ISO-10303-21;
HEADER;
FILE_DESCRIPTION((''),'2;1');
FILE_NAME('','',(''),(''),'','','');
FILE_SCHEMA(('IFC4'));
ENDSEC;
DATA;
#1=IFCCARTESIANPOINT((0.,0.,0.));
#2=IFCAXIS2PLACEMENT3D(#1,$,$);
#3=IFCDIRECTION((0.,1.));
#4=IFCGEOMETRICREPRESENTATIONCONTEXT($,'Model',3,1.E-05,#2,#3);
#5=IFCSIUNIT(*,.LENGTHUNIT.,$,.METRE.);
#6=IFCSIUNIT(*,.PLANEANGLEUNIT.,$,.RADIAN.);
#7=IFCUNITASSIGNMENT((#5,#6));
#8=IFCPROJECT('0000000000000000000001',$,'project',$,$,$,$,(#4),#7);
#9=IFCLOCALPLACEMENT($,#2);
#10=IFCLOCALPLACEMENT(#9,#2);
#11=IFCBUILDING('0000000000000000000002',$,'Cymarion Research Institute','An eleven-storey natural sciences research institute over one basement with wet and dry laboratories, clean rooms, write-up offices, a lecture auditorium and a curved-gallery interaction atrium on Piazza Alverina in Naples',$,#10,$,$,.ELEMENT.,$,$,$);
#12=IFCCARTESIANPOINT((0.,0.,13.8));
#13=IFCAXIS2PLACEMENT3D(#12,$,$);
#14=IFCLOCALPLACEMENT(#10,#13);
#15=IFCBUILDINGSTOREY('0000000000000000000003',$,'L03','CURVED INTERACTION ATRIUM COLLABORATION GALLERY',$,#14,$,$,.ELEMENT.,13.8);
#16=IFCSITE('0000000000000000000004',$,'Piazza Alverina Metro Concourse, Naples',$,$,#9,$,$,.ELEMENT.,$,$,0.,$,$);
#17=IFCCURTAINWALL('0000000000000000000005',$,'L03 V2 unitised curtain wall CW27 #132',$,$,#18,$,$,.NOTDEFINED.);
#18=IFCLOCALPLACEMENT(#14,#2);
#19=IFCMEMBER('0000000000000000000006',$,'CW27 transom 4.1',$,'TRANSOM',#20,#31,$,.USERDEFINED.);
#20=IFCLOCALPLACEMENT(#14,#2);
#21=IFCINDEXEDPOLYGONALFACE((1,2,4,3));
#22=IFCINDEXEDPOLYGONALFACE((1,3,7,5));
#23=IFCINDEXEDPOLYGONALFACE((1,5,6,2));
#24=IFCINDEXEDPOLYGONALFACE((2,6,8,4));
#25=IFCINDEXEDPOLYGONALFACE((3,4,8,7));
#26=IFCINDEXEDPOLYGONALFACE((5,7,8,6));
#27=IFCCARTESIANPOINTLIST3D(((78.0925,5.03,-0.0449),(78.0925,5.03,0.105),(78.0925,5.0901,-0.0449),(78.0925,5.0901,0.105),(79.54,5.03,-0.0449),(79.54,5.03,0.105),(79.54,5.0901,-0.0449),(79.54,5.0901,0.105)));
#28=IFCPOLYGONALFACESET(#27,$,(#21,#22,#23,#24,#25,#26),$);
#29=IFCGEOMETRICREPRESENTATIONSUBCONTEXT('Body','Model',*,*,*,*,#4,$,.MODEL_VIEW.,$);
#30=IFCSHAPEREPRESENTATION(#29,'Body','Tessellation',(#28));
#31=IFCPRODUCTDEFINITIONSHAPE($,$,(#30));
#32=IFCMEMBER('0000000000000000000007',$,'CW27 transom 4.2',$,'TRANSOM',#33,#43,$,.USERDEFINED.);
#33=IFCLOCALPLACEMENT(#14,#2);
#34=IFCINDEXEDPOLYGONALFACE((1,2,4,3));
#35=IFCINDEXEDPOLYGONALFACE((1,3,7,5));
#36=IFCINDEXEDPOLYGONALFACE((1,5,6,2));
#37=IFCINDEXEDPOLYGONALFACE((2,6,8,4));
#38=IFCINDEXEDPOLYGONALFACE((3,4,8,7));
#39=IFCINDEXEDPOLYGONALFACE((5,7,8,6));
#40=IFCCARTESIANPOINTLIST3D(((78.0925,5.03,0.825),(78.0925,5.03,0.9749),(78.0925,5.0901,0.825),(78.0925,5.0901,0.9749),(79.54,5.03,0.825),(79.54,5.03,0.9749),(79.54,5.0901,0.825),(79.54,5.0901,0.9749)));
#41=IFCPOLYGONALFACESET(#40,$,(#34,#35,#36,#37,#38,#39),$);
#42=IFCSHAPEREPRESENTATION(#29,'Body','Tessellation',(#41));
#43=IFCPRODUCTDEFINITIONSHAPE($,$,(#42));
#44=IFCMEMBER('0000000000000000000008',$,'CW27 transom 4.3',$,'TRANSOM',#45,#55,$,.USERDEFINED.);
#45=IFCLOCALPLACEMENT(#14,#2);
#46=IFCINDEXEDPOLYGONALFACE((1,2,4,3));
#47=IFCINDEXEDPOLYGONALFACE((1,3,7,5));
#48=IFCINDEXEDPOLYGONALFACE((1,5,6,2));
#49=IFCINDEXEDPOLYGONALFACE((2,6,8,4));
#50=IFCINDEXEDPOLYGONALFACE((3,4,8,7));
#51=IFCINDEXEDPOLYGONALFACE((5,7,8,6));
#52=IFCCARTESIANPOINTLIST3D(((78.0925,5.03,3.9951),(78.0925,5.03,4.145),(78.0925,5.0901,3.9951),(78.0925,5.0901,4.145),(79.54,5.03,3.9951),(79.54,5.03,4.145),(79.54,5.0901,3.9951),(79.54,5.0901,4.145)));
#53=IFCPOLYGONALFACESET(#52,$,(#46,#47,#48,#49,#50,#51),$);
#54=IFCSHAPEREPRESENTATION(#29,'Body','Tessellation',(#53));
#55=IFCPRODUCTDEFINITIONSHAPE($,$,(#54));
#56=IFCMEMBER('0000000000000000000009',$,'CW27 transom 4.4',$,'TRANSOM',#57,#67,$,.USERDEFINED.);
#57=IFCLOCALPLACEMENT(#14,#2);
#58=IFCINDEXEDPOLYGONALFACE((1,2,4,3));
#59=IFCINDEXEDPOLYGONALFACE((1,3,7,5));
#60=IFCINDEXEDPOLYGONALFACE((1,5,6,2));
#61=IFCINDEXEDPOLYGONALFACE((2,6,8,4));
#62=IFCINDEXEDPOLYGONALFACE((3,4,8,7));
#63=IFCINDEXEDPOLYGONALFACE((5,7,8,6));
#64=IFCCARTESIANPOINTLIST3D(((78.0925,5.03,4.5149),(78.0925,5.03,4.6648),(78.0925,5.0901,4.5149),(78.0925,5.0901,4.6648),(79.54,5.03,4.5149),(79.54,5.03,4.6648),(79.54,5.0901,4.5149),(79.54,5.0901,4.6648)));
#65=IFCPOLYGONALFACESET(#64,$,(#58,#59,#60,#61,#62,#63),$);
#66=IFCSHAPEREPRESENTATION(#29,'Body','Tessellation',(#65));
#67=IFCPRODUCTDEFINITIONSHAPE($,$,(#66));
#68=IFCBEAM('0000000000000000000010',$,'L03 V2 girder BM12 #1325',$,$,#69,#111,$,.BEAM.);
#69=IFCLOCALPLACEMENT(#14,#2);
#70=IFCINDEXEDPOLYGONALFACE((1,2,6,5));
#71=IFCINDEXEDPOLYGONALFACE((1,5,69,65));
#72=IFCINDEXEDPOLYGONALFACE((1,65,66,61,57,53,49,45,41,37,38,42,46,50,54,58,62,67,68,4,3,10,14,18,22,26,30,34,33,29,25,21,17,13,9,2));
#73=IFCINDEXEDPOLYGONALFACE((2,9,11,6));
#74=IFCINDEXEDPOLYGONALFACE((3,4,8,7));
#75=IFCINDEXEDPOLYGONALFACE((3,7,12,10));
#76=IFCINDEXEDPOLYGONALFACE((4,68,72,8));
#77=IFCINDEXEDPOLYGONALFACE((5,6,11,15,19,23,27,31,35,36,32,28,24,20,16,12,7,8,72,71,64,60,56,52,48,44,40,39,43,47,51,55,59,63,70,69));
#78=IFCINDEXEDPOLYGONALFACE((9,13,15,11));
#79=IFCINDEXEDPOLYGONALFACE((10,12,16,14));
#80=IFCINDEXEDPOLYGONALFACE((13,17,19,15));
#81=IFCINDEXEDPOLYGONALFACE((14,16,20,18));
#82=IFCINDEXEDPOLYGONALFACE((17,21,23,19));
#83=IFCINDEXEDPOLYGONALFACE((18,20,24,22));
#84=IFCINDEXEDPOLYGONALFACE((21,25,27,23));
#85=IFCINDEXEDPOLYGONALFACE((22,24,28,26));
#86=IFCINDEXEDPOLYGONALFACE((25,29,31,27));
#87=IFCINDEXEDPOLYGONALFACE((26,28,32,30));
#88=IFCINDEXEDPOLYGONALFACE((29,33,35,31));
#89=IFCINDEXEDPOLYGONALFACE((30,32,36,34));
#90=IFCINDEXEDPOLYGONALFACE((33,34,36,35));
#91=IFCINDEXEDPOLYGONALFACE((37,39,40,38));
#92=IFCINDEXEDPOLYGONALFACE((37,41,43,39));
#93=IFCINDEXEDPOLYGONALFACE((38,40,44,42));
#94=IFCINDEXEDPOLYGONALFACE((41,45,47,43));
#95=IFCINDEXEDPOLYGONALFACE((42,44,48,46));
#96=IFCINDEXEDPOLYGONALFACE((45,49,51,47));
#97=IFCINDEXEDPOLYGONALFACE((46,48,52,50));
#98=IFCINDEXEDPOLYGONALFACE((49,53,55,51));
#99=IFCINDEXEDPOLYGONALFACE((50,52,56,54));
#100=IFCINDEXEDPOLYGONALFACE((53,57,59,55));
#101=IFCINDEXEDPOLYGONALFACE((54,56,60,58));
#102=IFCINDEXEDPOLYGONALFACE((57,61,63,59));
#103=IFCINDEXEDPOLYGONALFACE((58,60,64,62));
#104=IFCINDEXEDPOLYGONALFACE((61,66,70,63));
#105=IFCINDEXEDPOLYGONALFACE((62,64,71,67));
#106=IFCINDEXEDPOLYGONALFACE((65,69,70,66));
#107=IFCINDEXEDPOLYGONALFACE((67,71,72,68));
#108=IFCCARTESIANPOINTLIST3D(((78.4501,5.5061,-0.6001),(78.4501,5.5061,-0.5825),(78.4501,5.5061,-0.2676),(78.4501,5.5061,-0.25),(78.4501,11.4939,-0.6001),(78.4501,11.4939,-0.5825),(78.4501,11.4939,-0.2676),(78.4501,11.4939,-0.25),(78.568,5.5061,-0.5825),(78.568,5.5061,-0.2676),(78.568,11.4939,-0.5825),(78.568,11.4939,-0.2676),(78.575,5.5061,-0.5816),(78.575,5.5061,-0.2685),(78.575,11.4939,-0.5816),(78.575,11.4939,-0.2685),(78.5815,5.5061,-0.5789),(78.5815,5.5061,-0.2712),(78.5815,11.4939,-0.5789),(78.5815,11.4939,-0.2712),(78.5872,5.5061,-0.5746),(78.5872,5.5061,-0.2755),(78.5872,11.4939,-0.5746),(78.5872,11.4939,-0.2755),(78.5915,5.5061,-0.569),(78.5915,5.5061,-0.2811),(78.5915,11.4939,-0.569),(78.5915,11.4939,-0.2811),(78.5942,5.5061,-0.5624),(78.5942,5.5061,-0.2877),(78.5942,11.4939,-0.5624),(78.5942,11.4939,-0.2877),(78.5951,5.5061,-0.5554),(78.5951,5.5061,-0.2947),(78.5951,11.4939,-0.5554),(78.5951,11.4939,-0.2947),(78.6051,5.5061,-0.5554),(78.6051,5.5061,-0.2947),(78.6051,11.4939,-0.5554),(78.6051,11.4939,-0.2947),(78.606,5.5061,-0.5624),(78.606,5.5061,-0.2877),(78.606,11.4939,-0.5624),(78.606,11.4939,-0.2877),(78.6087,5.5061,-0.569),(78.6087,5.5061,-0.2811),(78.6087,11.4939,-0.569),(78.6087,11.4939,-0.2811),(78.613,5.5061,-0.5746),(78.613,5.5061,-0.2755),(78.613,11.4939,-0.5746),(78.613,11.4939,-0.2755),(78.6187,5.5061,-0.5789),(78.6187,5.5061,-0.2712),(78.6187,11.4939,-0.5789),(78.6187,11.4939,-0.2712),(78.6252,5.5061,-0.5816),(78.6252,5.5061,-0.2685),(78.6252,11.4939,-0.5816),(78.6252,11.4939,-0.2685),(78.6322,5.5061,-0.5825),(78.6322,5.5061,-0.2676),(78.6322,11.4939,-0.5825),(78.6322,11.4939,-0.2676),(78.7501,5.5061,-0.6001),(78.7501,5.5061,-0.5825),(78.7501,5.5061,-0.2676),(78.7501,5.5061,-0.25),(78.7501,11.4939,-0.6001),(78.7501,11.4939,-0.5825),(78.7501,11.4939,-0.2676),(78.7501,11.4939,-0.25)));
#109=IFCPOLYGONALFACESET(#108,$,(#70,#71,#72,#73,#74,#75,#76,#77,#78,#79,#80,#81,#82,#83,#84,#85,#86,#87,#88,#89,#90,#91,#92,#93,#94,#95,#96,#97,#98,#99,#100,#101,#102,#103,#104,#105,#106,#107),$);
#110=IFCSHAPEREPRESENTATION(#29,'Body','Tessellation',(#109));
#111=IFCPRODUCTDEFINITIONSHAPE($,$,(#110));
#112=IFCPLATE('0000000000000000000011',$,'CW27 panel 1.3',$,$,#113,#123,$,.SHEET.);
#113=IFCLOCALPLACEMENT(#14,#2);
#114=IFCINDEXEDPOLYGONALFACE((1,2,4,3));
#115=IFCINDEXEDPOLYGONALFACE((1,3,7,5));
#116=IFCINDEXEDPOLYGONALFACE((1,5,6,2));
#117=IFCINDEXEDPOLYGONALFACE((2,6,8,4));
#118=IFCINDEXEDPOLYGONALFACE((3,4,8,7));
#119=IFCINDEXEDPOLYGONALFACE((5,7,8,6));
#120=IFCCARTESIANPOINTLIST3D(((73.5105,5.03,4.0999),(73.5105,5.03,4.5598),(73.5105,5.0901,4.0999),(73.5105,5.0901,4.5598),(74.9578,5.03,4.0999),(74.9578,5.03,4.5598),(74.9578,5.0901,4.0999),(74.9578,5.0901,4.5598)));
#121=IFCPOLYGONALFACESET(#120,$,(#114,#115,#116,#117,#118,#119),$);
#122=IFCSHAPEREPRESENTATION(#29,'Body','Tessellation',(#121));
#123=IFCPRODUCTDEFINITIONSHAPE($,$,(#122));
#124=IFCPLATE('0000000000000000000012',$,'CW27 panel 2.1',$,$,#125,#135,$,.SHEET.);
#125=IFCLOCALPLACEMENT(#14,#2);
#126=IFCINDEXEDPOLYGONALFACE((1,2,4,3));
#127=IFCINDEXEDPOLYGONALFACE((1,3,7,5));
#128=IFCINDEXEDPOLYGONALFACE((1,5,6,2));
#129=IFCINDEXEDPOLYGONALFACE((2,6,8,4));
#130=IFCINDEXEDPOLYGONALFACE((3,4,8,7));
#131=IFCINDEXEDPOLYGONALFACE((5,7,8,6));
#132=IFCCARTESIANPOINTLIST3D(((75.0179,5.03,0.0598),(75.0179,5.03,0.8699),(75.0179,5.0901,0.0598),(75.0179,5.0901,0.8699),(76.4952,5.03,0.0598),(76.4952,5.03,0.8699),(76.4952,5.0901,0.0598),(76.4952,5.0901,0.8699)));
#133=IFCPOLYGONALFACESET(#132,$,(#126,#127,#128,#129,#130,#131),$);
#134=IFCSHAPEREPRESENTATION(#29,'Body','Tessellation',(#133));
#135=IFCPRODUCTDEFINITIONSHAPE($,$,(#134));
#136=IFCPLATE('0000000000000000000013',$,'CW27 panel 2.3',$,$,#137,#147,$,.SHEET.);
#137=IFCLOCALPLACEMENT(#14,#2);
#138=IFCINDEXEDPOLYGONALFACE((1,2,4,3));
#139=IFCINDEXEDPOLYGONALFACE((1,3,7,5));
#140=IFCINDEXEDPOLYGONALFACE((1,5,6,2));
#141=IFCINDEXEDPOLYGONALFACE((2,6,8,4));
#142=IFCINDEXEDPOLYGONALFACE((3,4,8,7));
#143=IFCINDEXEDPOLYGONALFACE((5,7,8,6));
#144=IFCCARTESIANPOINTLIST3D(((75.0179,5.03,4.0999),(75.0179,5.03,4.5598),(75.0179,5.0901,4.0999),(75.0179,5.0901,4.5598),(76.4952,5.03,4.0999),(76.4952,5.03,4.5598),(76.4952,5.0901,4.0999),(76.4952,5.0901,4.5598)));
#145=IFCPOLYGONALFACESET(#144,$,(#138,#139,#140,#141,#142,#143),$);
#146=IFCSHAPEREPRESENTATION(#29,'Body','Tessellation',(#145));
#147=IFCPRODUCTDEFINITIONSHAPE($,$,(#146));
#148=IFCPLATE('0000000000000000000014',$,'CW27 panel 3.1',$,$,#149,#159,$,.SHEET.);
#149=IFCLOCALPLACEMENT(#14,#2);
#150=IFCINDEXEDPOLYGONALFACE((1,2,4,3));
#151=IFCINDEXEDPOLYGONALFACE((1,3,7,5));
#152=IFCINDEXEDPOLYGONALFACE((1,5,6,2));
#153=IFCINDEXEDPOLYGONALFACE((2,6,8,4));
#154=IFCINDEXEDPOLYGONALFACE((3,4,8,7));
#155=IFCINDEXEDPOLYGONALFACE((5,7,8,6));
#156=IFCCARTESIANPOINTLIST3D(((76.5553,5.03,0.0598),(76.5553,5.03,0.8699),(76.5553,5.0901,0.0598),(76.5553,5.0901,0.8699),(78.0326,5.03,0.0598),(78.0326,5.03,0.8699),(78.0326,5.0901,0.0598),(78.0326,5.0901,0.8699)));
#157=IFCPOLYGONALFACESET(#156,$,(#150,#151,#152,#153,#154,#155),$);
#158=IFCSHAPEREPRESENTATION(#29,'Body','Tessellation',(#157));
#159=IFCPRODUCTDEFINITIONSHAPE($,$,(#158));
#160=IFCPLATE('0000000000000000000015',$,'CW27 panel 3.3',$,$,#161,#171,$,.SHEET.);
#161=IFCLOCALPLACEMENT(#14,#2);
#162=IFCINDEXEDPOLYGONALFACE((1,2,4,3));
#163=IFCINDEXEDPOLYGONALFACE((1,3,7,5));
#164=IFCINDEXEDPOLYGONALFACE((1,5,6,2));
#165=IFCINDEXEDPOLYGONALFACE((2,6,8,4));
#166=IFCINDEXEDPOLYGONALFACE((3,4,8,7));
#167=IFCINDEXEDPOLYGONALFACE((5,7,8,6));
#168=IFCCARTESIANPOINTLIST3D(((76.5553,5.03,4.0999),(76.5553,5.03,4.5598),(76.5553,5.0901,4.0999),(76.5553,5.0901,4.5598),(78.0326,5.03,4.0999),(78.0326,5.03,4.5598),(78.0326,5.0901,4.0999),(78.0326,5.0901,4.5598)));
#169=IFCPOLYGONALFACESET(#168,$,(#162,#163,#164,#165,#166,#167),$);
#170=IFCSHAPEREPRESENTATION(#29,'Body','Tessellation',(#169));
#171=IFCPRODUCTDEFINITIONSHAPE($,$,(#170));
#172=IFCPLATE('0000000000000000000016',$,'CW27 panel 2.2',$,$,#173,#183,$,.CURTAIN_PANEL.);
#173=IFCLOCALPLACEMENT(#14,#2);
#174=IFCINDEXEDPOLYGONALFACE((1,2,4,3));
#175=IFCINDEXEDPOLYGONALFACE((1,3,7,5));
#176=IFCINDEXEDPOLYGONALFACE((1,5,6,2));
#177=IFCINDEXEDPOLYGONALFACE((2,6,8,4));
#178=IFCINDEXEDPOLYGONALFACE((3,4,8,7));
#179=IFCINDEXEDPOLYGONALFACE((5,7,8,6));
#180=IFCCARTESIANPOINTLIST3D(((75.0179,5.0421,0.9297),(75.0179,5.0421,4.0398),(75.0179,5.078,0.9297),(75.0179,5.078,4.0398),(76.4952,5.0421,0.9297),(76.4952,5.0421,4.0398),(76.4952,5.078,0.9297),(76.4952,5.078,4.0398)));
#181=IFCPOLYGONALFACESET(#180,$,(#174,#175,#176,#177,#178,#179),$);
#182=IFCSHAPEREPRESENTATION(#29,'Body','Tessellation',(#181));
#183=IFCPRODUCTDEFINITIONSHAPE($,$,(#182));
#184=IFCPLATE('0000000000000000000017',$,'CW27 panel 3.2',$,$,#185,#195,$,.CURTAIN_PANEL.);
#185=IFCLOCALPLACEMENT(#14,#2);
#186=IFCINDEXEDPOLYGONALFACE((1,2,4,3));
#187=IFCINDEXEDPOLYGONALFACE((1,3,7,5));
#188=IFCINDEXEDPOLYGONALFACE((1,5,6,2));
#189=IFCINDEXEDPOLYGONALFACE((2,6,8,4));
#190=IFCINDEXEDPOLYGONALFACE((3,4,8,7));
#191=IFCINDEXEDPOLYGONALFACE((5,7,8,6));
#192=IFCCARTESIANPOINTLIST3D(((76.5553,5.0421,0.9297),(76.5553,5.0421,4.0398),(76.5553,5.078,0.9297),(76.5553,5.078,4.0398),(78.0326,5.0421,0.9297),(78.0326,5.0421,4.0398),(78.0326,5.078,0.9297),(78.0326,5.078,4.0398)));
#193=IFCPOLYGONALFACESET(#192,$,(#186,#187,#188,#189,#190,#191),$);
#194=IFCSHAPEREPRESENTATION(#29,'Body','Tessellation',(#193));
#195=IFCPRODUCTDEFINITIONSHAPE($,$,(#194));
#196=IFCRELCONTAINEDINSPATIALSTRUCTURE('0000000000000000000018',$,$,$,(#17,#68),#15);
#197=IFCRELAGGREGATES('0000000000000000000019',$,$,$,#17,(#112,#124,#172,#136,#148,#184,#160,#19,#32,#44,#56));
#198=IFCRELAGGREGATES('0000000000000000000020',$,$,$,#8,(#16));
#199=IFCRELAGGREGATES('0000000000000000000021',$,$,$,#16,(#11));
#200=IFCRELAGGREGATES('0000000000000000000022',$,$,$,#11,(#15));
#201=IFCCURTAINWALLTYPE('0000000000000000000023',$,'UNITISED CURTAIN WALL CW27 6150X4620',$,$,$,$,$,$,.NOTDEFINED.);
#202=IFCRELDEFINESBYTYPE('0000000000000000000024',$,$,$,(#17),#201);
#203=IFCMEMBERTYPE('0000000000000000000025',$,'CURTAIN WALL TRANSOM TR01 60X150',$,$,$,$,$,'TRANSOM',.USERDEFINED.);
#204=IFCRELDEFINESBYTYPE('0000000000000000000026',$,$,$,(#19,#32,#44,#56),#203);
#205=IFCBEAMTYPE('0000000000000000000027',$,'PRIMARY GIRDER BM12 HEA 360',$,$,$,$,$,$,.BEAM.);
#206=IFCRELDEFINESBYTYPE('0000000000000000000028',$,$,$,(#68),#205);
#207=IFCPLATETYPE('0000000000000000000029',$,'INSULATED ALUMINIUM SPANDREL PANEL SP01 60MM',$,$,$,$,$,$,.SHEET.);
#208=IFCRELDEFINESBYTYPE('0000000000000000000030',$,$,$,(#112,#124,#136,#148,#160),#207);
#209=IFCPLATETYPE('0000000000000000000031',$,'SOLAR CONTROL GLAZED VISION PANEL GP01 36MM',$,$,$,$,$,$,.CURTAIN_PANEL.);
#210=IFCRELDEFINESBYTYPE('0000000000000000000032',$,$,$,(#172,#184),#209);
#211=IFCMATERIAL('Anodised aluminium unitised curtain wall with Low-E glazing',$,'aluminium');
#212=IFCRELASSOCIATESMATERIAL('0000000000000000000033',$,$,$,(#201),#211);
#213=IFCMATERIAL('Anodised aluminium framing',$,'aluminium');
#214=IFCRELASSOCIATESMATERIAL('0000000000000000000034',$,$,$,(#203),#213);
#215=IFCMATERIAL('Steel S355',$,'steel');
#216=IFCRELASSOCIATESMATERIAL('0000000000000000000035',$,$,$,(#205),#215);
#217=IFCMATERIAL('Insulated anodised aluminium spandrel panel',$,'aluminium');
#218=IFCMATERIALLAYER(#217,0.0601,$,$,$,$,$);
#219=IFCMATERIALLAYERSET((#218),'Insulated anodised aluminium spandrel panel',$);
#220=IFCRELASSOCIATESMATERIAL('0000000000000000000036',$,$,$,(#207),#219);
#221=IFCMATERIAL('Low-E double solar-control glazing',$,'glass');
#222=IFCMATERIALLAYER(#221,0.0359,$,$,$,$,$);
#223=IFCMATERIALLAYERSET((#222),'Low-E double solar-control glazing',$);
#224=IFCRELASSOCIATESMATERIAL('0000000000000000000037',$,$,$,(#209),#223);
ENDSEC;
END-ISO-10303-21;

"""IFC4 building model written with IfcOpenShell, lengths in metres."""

from ifc_helpers import new_model, si_unit, direction, frame, origin, origin_2d, place, context, subcontext, project, spatial, rectangle, i_section, extrude, material, layer, layer_set, material_profile, profile_set, type_object, element, aggregate, save


model = new_model("IFC4")

# Units and contexts
model_context = context("Model", 3, precision=1e-05, world=origin(), true_north=direction((0.0, 1.0)))
body_context = subcontext(model_context, "Body", "Model", "MODEL_VIEW")
ifc_project = project(units=[si_unit("LENGTHUNIT", "METRE"), si_unit("PLANEANGLEUNIT", "RADIAN")], contexts=[model_context])

# Site, building, storey
site_placement = place(None, origin())
site = spatial("IfcSite", under=ifc_project, at=site_placement, Name="Piazza Alverina Metro Concourse, Naples", CompositionType="ELEMENT", RefElevation=0.0)
building_placement = place(site_placement, origin())
building = spatial("IfcBuilding", under=site, at=building_placement, Name="Cymarion Research Institute", Description="An eleven-storey natural sciences research institute over one basement with wet and dry laboratories, clean rooms, write-up offices, a lecture auditorium and a curved-gallery interaction atrium on Piazza Alverina in Naples", CompositionType="ELEMENT")
storey_placement = place(building_placement, frame((0.0, 0.0, 13.8)))
storey = spatial("IfcBuildingStorey", under=building, at=storey_placement, Name="L03", Description="CURVED INTERACTION ATRIUM COLLABORATION GALLERY", CompositionType="ELEMENT", Elevation=13.8)

# Shared definitions
ifc_material_1 = material(Name="Steel S355", Category="steel")

# Curtain wall, members
ifc_material_2 = material(Name="Anodised aluminium unitised curtain wall with Low-E glazing", Category="aluminium")
curtain_wall_type = type_object("IfcCurtainWallType", Name="UNITISED CURTAIN WALL CW27 6150X4620", PredefinedType="NOTDEFINED", material=ifc_material_2)
curtain_wall_placement = place(storey_placement, origin())
curtain_wall = element("IfcCurtainWall", 1, at=curtain_wall_placement, inside=storey, type_object=curtain_wall_type, Name="L03 V2 unitised curtain wall CW27 #132", PredefinedType="NOTDEFINED")
ifc_material_3 = material(Name="Anodised aluminium framing", Category="aluminium")
ifc_material_profile_1 = material_profile(ifc_material_3, rectangle(XDim=0.0601, YDim=0.1499, at=origin_2d()), Name="ALU TRANSOM 60x150")
ifc_profile_set_1 = profile_set([ifc_material_profile_1], Name="Anodised aluminium framing")
member_type_1 = type_object("IfcMemberType", Name="CURTAIN WALL TRANSOM TR01 60X150", ElementType="TRANSOM", PredefinedType="USERDEFINED", material=ifc_profile_set_1)
member_1_placement = place(storey_placement, frame((78.0925, 5.0601, 0.03), z_axis=(1.0, 0.0, 0.0), x_axis=(0.0, 1.0, 0.0)))
member_1 = element("IfcMember", 2, at=member_1_placement, type_object=member_type_1, Name="CW27 transom 4.1", ObjectType="TRANSOM", PredefinedType="USERDEFINED", context=body_context, shape_type="SweptSolid", body=[
    extrude(rectangle(XDim=0.0601, YDim=0.1499, at=origin_2d()), origin(), (0.0, 0.0, 1.0), 1.4475),
])
member_2_placement = place(storey_placement, frame((78.0925, 5.0601, 0.8999), z_axis=(1.0, 0.0, 0.0), x_axis=(0.0, 1.0, 0.0)))
member_2 = element("IfcMember", 3, at=member_2_placement, type_object=member_type_1, Name="CW27 transom 4.2", ObjectType="TRANSOM", PredefinedType="USERDEFINED", context=body_context, shape_type="SweptSolid", body=[
    extrude(rectangle(XDim=0.0601, YDim=0.1499, at=origin_2d()), origin(), (0.0, 0.0, 1.0), 1.4475),
])
member_3_placement = place(storey_placement, frame((78.0925, 5.0601, 4.0701), z_axis=(1.0, 0.0, 0.0), x_axis=(0.0, 1.0, 0.0)))
member_3 = element("IfcMember", 4, at=member_3_placement, type_object=member_type_1, Name="CW27 transom 4.3", ObjectType="TRANSOM", PredefinedType="USERDEFINED", context=body_context, shape_type="SweptSolid", body=[
    extrude(rectangle(XDim=0.0601, YDim=0.1499, at=origin_2d()), origin(), (0.0, 0.0, 1.0), 1.4475),
])
member_4_placement = place(storey_placement, frame((78.0925, 5.0601, 4.5898), z_axis=(1.0, 0.0, 0.0), x_axis=(0.0, 1.0, 0.0)))
member_4 = element("IfcMember", 5, at=member_4_placement, type_object=member_type_1, Name="CW27 transom 4.4", ObjectType="TRANSOM", PredefinedType="USERDEFINED", context=body_context, shape_type="SweptSolid", body=[
    extrude(rectangle(XDim=0.0601, YDim=0.1499, at=origin_2d()), origin(), (0.0, 0.0, 1.0), 1.4475),
])

# Beam
ifc_material_profile_2 = material_profile(ifc_material_1, i_section(OverallWidth=0.3, OverallDepth=0.3501, WebThickness=0.01, FlangeThickness=0.0176, FilletRadius=0.0271, at=origin_2d()), Name="HEA 360")
ifc_profile_set_2 = profile_set([ifc_material_profile_2], Name="Steel S355")
beam_type = type_object("IfcBeamType", Name="PRIMARY GIRDER BM12 HEA 360", PredefinedType="BEAM", material=ifc_profile_set_2)
beam_placement = place(storey_placement, frame((78.6001, 5.5061, -0.425), z_axis=(0.0, 1.0, 0.0), x_axis=(-1.0, 0.0, 0.0)))
element("IfcBeam", 6, at=beam_placement, inside=storey, type_object=beam_type, Name="L03 V2 girder BM12 #1325", PredefinedType="BEAM", context=body_context, shape_type="SweptSolid", body=[
    extrude(i_section(OverallWidth=0.3, OverallDepth=0.3501, WebThickness=0.01, FlangeThickness=0.0176, FilletRadius=0.0271, at=origin_2d()), origin(), (0.0, 0.0, 1.0), 5.9878),
])

# Plates
ifc_material_4 = material(Name="Insulated anodised aluminium spandrel panel", Category="aluminium")
ifc_layer_1 = layer(ifc_material_4, 0.0601)
ifc_layer_set_1 = layer_set([ifc_layer_1], Name="Insulated anodised aluminium spandrel panel")
plate_type_1 = type_object("IfcPlateType", Name="INSULATED ALUMINIUM SPANDREL PANEL SP01 60MM", PredefinedType="SHEET", material=ifc_layer_set_1)
plate_1_placement = place(storey_placement, frame((74.2341, 5.0601, 4.0999), z_axis=(0.0, 0.0, 1.0), x_axis=(1.0, 0.0, 0.0)))
plate_1 = element("IfcPlate", 7, at=plate_1_placement, type_object=plate_type_1, Name="CW27 panel 1.3", PredefinedType="SHEET", context=body_context, shape_type="SweptSolid", body=[
    extrude(rectangle(XDim=1.4473, YDim=0.0601, at=origin_2d()), origin(), (0.0, 0.0, 1.0), 0.46),
])
plate_2_placement = place(storey_placement, frame((75.7566, 5.0601, 0.0598), z_axis=(0.0, 0.0, 1.0), x_axis=(1.0, 0.0, 0.0)))
plate_2 = element("IfcPlate", 8, at=plate_2_placement, type_object=plate_type_1, Name="CW27 panel 2.1", PredefinedType="SHEET", context=body_context, shape_type="SweptSolid", body=[
    extrude(rectangle(XDim=1.4773, YDim=0.0601, at=origin_2d()), origin(), (0.0, 0.0, 1.0), 0.8101),
])
plate_3_placement = place(storey_placement, frame((75.7566, 5.0601, 4.0999), z_axis=(0.0, 0.0, 1.0), x_axis=(1.0, 0.0, 0.0)))
plate_3 = element("IfcPlate", 9, at=plate_3_placement, type_object=plate_type_1, Name="CW27 panel 2.3", PredefinedType="SHEET", context=body_context, shape_type="SweptSolid", body=[
    extrude(rectangle(XDim=1.4773, YDim=0.0601, at=origin_2d()), origin(), (0.0, 0.0, 1.0), 0.46),
])
plate_4_placement = place(storey_placement, frame((77.2939, 5.0601, 0.0598), z_axis=(0.0, 0.0, 1.0), x_axis=(1.0, 0.0, 0.0)))
plate_4 = element("IfcPlate", 10, at=plate_4_placement, type_object=plate_type_1, Name="CW27 panel 3.1", PredefinedType="SHEET", context=body_context, shape_type="SweptSolid", body=[
    extrude(rectangle(XDim=1.4773, YDim=0.0601, at=origin_2d()), origin(), (0.0, 0.0, 1.0), 0.8101),
])
plate_5_placement = place(storey_placement, frame((77.2939, 5.0601, 4.0999), z_axis=(0.0, 0.0, 1.0), x_axis=(1.0, 0.0, 0.0)))
plate_5 = element("IfcPlate", 11, at=plate_5_placement, type_object=plate_type_1, Name="CW27 panel 3.3", PredefinedType="SHEET", context=body_context, shape_type="SweptSolid", body=[
    extrude(rectangle(XDim=1.4773, YDim=0.0601, at=origin_2d()), origin(), (0.0, 0.0, 1.0), 0.46),
])
ifc_material_5 = material(Name="Low-E double solar-control glazing", Category="glass")
ifc_layer_2 = layer(ifc_material_5, 0.0359)
ifc_layer_set_2 = layer_set([ifc_layer_2], Name="Low-E double solar-control glazing")
plate_type_2 = type_object("IfcPlateType", Name="SOLAR CONTROL GLAZED VISION PANEL GP01 36MM", PredefinedType="CURTAIN_PANEL", material=ifc_layer_set_2)
plate_6_placement = place(storey_placement, frame((75.7566, 5.0601, 0.9297), z_axis=(0.0, 0.0, 1.0), x_axis=(1.0, 0.0, 0.0)))
plate_6 = element("IfcPlate", 12, at=plate_6_placement, type_object=plate_type_2, Name="CW27 panel 2.2", PredefinedType="CURTAIN_PANEL", context=body_context, shape_type="SweptSolid", body=[
    extrude(rectangle(XDim=1.4773, YDim=0.0359, at=origin_2d()), origin(), (0.0, 0.0, 1.0), 3.1101),
])
plate_7_placement = place(storey_placement, frame((77.2939, 5.0601, 0.9297), z_axis=(0.0, 0.0, 1.0), x_axis=(1.0, 0.0, 0.0)))
plate_7 = element("IfcPlate", 13, at=plate_7_placement, type_object=plate_type_2, Name="CW27 panel 3.2", PredefinedType="CURTAIN_PANEL", context=body_context, shape_type="SweptSolid", body=[
    extrude(rectangle(XDim=1.4773, YDim=0.0359, at=origin_2d()), origin(), (0.0, 0.0, 1.0), 3.1101),
])
aggregate(curtain_wall, [plate_1, plate_2, plate_6, plate_3, plate_4, plate_7, plate_5, member_1, member_2, member_3, member_4])

save(model, "model.ifc")
